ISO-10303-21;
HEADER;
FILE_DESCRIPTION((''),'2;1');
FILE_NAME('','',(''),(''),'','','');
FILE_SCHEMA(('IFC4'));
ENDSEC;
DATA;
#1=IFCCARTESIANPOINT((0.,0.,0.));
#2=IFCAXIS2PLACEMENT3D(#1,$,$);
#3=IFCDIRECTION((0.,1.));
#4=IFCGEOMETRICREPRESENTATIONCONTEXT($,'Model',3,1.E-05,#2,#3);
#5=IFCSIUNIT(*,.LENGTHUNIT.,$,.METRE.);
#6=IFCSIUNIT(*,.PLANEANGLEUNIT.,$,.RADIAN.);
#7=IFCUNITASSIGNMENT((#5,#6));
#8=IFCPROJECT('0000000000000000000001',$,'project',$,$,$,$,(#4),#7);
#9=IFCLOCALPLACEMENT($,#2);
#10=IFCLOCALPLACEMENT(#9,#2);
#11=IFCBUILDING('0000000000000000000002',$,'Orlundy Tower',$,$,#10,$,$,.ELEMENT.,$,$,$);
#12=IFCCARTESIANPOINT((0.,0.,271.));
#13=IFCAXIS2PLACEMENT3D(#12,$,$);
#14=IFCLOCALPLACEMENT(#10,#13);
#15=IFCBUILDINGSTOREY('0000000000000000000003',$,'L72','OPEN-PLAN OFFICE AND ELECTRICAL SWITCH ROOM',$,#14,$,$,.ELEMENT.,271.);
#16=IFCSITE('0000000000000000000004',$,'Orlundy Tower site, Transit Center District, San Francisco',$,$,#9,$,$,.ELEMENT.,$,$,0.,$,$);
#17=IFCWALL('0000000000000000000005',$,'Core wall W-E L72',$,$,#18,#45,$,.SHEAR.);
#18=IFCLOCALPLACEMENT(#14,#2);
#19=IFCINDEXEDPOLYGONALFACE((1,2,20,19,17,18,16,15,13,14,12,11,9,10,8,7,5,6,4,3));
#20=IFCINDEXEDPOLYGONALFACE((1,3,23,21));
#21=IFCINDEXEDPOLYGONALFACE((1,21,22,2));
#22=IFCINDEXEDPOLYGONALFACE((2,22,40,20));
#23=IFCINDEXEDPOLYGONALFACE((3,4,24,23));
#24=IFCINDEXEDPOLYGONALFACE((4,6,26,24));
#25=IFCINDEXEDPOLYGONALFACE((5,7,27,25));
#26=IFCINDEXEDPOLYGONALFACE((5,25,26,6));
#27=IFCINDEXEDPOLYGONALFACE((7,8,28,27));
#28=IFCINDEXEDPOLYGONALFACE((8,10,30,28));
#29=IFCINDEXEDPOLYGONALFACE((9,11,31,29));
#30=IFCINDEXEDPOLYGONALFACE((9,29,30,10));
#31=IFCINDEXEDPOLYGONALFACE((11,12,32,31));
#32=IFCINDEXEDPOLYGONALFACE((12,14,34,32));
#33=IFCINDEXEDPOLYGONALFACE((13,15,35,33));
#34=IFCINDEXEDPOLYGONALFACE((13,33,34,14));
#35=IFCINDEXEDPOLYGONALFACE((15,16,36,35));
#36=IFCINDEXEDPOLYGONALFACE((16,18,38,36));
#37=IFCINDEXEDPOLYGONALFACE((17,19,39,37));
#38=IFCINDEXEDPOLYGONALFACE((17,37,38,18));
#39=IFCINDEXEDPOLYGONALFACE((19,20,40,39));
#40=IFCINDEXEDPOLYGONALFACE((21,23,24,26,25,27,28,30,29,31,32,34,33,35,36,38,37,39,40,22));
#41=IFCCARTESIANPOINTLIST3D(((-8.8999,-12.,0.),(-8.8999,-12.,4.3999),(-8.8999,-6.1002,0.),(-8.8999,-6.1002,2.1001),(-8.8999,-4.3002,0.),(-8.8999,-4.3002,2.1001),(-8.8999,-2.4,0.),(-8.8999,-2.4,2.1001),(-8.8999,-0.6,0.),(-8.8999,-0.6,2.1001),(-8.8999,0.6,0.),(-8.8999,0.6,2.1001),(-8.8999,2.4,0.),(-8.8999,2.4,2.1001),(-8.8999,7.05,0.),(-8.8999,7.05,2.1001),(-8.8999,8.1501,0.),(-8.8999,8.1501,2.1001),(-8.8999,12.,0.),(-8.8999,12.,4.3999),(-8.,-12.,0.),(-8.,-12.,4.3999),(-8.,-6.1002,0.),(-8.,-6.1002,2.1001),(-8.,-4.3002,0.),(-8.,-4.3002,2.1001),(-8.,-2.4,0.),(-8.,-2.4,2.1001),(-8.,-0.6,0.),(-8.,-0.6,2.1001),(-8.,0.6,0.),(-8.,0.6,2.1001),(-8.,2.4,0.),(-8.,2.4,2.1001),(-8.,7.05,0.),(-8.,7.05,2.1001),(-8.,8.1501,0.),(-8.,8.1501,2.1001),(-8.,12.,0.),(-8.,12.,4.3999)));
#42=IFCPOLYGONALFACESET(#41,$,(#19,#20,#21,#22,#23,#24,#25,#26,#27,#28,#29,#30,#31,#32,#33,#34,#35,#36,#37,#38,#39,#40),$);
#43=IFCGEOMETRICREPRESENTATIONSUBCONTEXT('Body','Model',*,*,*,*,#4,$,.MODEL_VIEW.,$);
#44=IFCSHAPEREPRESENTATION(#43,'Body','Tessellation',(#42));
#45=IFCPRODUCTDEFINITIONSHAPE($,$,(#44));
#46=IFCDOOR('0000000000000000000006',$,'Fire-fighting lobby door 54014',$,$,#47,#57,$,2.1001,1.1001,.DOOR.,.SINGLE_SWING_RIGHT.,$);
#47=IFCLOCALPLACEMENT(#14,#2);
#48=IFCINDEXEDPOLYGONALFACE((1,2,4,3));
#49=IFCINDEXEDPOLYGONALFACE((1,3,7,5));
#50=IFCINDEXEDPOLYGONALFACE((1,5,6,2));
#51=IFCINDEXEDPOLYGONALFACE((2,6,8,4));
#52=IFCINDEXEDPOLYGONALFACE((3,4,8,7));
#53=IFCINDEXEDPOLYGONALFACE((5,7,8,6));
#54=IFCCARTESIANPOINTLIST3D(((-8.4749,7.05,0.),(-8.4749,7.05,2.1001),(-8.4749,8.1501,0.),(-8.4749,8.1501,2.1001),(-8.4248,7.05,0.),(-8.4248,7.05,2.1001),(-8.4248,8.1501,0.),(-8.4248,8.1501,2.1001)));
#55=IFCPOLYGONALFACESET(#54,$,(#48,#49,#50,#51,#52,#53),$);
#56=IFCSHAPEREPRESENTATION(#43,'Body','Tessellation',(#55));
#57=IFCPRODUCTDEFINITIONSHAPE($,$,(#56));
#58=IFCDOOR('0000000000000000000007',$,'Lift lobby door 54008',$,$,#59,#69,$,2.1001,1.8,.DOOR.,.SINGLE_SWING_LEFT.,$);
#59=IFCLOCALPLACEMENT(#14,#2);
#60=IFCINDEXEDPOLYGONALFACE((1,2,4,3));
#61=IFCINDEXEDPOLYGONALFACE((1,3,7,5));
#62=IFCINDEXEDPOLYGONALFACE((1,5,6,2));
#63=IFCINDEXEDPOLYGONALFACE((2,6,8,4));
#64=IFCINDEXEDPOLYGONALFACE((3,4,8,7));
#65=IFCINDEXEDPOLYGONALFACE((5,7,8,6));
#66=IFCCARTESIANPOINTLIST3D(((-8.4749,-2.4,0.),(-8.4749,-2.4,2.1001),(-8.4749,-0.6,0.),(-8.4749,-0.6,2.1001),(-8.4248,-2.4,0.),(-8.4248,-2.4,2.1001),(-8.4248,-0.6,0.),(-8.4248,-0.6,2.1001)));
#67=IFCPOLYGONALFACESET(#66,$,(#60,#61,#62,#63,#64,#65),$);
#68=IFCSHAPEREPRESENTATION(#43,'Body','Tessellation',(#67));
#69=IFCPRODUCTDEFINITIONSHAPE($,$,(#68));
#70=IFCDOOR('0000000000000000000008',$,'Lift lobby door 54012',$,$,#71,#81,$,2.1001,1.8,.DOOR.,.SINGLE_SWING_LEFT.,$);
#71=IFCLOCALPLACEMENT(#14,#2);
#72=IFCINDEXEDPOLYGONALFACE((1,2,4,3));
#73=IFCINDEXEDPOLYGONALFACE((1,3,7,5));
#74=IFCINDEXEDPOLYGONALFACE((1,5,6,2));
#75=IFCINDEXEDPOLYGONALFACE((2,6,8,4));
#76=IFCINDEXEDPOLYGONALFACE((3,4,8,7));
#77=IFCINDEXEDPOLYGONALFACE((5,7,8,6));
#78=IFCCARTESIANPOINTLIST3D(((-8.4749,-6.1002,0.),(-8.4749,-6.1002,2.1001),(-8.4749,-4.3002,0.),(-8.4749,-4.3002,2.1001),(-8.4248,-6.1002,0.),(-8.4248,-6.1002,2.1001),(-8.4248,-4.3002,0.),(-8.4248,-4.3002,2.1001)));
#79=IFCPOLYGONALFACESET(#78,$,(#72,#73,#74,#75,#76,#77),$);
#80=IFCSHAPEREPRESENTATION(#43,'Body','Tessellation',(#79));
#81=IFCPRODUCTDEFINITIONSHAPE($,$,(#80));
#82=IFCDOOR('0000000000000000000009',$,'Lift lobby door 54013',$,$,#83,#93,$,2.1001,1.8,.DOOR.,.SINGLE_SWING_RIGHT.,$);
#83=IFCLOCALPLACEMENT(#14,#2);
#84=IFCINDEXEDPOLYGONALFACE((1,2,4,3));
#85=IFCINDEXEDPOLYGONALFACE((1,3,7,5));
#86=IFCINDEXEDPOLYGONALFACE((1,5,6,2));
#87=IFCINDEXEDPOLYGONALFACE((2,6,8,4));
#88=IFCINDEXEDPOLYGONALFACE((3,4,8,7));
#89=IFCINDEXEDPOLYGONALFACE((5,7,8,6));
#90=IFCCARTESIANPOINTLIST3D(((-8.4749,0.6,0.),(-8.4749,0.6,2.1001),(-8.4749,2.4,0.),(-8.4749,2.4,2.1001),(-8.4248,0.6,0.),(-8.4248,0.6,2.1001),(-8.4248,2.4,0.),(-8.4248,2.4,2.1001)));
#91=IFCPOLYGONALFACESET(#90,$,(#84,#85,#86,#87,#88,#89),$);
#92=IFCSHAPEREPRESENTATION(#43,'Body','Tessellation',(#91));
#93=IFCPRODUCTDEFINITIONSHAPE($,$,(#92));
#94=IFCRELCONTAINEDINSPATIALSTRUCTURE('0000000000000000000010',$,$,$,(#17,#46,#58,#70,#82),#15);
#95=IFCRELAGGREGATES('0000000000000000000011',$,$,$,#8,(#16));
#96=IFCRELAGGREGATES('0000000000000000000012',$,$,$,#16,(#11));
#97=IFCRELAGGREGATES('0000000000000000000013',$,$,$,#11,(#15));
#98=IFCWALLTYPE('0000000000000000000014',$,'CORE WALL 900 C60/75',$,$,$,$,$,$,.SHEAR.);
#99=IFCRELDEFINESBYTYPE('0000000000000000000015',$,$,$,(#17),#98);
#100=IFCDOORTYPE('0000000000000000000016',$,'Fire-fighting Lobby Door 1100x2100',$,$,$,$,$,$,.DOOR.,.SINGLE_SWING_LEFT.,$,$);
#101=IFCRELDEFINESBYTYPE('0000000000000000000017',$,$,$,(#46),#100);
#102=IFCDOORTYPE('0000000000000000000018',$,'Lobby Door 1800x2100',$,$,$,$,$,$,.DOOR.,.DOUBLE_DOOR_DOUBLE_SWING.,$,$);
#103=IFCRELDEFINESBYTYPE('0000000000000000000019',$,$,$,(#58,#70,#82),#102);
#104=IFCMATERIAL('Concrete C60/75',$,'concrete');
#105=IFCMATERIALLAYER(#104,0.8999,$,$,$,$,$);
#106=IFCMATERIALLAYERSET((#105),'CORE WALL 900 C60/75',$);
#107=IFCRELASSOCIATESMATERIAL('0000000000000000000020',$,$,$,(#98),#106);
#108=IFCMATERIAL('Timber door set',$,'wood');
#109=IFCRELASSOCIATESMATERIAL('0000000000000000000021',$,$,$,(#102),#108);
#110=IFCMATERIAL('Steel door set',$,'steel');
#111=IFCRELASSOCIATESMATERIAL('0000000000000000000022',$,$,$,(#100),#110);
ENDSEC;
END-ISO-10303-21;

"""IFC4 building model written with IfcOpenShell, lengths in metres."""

from ifc_helpers import new_model, si_unit, direction, frame, frame_2d, origin, place, context, subcontext, project, spatial, rectangle, extrude, material, layer, layer_set, type_object, element, fill, save


model = new_model("IFC4")

# Units and contexts
model_context = context("Model", 3, precision=1e-05, world=origin(), true_north=direction((0.0, 1.0)))
body_context = subcontext(model_context, "Body", "Model", "MODEL_VIEW")
ifc_project = project(units=[si_unit("LENGTHUNIT", "METRE"), si_unit("PLANEANGLEUNIT", "RADIAN")], contexts=[model_context])

# Site, building, storey
site_placement = place(None, origin())
site = spatial("IfcSite", under=ifc_project, at=site_placement, Name="Orlundy Tower site, Transit Center District, San Francisco", CompositionType="ELEMENT", RefElevation=0.0)
building_placement = place(site_placement, origin())
building = spatial("IfcBuilding", under=site, at=building_placement, Name="Orlundy Tower", CompositionType="ELEMENT")
storey_placement = place(building_placement, frame((0.0, 0.0, 271.0)))
storey = spatial("IfcBuildingStorey", under=building, at=storey_placement, Name="L72", Description="OPEN-PLAN OFFICE AND ELECTRICAL SWITCH ROOM", CompositionType="ELEMENT", Elevation=271.0)

# Wall, openings, doors
ifc_material_1 = material(Name="Concrete C60/75", Category="concrete")
ifc_layer_1 = layer(ifc_material_1, 0.8999)
ifc_layer_set_1 = layer_set([ifc_layer_1], Name="CORE WALL 900 C60/75")
wall_type = type_object("IfcWallType", Name="CORE WALL 900 C60/75", PredefinedType="SHEAR", material=ifc_layer_set_1)
ifc_material_2 = material(Name="Timber door set", Category="wood")
door_type_1 = type_object("IfcDoorType", Name="Lobby Door 1800x2100", OperationType="DOUBLE_DOOR_DOUBLE_SWING", PredefinedType="DOOR", material=ifc_material_2)
wall_1_placement = place(storey_placement, frame((-8.45, -12.0, 0.0), z_axis=(0.0, 0.0, 1.0), x_axis=(0.0, 1.0, 0.0)))
wall_1 = element("IfcWall", 1, at=wall_1_placement, inside=storey, type_object=wall_type, Name="Core wall W-E L72", PredefinedType="SHEAR", context=body_context, shape_type="SweptSolid", body=[
    extrude(rectangle(XDim=24.0, YDim=0.8999, at=frame_2d((12.0, 0.0))), origin(), (0.0, 0.0, 1.0), 4.3999),
])
opening_1_placement = place(wall_1_placement, frame((9.6001, 0.0, 0.0)))
opening_1 = element("IfcOpeningElement", 2, at=opening_1_placement, cuts=wall_1, PredefinedType="OPENING", context=body_context, shape_type="SweptSolid", body=[
    extrude(rectangle(XDim=1.8, YDim=2.1001, at=frame_2d((0.8999, 1.05))), frame((0.0, 0.46, 0.0), z_axis=(0.0, -1.0, 0.0), x_axis=(1.0, 0.0, 0.0)), (0.0, 0.0, 1.0), 0.9199),
])
opening_2_placement = place(wall_1_placement, frame((5.8999, 0.0, 0.0)))
opening_2 = element("IfcOpeningElement", 3, at=opening_2_placement, cuts=wall_1, PredefinedType="OPENING", context=body_context, shape_type="SweptSolid", body=[
    extrude(rectangle(XDim=1.8, YDim=2.1001, at=frame_2d((0.8999, 1.05))), frame((0.0, 0.46, 0.0), z_axis=(0.0, -1.0, 0.0), x_axis=(1.0, 0.0, 0.0)), (0.0, 0.0, 1.0), 0.9199),
])
opening_3_placement = place(wall_1_placement, frame((12.6001, 0.0, 0.0)))
opening_3 = element("IfcOpeningElement", 4, at=opening_3_placement, cuts=wall_1, PredefinedType="OPENING", context=body_context, shape_type="SweptSolid", body=[
    extrude(rectangle(XDim=1.8, YDim=2.1001, at=frame_2d((0.8999, 1.05))), frame((0.0, 0.46, 0.0), z_axis=(0.0, -1.0, 0.0), x_axis=(1.0, 0.0, 0.0)), (0.0, 0.0, 1.0), 0.9199),
])
opening_4_placement = place(wall_1_placement, frame((19.05, 0.0, 0.0)))
opening_4 = element("IfcOpeningElement", 5, at=opening_4_placement, cuts=wall_1, PredefinedType="OPENING", context=body_context, shape_type="SweptSolid", body=[
    extrude(rectangle(XDim=1.1001, YDim=2.1001, at=frame_2d((0.55, 1.05))), frame((0.0, 0.46, 0.0), z_axis=(0.0, -1.0, 0.0), x_axis=(1.0, 0.0, 0.0)), (0.0, 0.0, 1.0), 0.9199),
])
ifc_material_3 = material(Name="Steel door set", Category="steel")
door_type_2 = type_object("IfcDoorType", Name="Fire-fighting Lobby Door 1100x2100", OperationType="SINGLE_SWING_LEFT", PredefinedType="DOOR", material=ifc_material_3)
door_1_placement = place(opening_4_placement, origin())
door_1 = element("IfcDoor", 6, at=door_1_placement, inside=storey, type_object=door_type_2, Name="Fire-fighting lobby door 54014", OperationType="SINGLE_SWING_RIGHT", OverallHeight=2.1001, OverallWidth=1.1001, PredefinedType="DOOR", context=body_context, shape_type="SweptSolid", body=[
    extrude(rectangle(XDim=1.1001, YDim=2.1001, at=frame_2d((0.55, 1.05))), frame((0.0, 0.0249, 0.0), z_axis=(0.0, -1.0, 0.0), x_axis=(1.0, 0.0, 0.0)), (0.0, 0.0, 1.0), 0.05),
])
fill(opening_4, door_1)
door_2_placement = place(opening_1_placement, origin())
door_2 = element("IfcDoor", 7, at=door_2_placement, inside=storey, type_object=door_type_1, Name="Lift lobby door 54008", OperationType="SINGLE_SWING_LEFT", OverallHeight=2.1001, OverallWidth=1.8, PredefinedType="DOOR", context=body_context, shape_type="SweptSolid", body=[
    extrude(rectangle(XDim=1.8, YDim=2.1001, at=frame_2d((0.8999, 1.05))), frame((0.0, 0.0249, 0.0), z_axis=(0.0, -1.0, 0.0), x_axis=(1.0, 0.0, 0.0)), (0.0, 0.0, 1.0), 0.05),
])
fill(opening_1, door_2)
door_3_placement = place(opening_2_placement, origin())
door_3 = element("IfcDoor", 8, at=door_3_placement, inside=storey, type_object=door_type_1, Name="Lift lobby door 54012", OperationType="SINGLE_SWING_LEFT", OverallHeight=2.1001, OverallWidth=1.8, PredefinedType="DOOR", context=body_context, shape_type="SweptSolid", body=[
    extrude(rectangle(XDim=1.8, YDim=2.1001, at=frame_2d((0.8999, 1.05))), frame((0.0, 0.0249, 0.0), z_axis=(0.0, -1.0, 0.0), x_axis=(1.0, 0.0, 0.0)), (0.0, 0.0, 1.0), 0.05),
])
fill(opening_2, door_3)
door_4_placement = place(opening_3_placement, origin())
door_4 = element("IfcDoor", 9, at=door_4_placement, inside=storey, type_object=door_type_1, Name="Lift lobby door 54013", OperationType="SINGLE_SWING_RIGHT", OverallHeight=2.1001, OverallWidth=1.8, PredefinedType="DOOR", context=body_context, shape_type="SweptSolid", body=[
    extrude(rectangle(XDim=1.8, YDim=2.1001, at=frame_2d((0.8999, 1.05))), frame((0.0, 0.0249, 0.0), z_axis=(0.0, -1.0, 0.0), x_axis=(1.0, 0.0, 0.0)), (0.0, 0.0, 1.0), 0.05),
])
fill(opening_3, door_4)

save(model, "model.ifc")
